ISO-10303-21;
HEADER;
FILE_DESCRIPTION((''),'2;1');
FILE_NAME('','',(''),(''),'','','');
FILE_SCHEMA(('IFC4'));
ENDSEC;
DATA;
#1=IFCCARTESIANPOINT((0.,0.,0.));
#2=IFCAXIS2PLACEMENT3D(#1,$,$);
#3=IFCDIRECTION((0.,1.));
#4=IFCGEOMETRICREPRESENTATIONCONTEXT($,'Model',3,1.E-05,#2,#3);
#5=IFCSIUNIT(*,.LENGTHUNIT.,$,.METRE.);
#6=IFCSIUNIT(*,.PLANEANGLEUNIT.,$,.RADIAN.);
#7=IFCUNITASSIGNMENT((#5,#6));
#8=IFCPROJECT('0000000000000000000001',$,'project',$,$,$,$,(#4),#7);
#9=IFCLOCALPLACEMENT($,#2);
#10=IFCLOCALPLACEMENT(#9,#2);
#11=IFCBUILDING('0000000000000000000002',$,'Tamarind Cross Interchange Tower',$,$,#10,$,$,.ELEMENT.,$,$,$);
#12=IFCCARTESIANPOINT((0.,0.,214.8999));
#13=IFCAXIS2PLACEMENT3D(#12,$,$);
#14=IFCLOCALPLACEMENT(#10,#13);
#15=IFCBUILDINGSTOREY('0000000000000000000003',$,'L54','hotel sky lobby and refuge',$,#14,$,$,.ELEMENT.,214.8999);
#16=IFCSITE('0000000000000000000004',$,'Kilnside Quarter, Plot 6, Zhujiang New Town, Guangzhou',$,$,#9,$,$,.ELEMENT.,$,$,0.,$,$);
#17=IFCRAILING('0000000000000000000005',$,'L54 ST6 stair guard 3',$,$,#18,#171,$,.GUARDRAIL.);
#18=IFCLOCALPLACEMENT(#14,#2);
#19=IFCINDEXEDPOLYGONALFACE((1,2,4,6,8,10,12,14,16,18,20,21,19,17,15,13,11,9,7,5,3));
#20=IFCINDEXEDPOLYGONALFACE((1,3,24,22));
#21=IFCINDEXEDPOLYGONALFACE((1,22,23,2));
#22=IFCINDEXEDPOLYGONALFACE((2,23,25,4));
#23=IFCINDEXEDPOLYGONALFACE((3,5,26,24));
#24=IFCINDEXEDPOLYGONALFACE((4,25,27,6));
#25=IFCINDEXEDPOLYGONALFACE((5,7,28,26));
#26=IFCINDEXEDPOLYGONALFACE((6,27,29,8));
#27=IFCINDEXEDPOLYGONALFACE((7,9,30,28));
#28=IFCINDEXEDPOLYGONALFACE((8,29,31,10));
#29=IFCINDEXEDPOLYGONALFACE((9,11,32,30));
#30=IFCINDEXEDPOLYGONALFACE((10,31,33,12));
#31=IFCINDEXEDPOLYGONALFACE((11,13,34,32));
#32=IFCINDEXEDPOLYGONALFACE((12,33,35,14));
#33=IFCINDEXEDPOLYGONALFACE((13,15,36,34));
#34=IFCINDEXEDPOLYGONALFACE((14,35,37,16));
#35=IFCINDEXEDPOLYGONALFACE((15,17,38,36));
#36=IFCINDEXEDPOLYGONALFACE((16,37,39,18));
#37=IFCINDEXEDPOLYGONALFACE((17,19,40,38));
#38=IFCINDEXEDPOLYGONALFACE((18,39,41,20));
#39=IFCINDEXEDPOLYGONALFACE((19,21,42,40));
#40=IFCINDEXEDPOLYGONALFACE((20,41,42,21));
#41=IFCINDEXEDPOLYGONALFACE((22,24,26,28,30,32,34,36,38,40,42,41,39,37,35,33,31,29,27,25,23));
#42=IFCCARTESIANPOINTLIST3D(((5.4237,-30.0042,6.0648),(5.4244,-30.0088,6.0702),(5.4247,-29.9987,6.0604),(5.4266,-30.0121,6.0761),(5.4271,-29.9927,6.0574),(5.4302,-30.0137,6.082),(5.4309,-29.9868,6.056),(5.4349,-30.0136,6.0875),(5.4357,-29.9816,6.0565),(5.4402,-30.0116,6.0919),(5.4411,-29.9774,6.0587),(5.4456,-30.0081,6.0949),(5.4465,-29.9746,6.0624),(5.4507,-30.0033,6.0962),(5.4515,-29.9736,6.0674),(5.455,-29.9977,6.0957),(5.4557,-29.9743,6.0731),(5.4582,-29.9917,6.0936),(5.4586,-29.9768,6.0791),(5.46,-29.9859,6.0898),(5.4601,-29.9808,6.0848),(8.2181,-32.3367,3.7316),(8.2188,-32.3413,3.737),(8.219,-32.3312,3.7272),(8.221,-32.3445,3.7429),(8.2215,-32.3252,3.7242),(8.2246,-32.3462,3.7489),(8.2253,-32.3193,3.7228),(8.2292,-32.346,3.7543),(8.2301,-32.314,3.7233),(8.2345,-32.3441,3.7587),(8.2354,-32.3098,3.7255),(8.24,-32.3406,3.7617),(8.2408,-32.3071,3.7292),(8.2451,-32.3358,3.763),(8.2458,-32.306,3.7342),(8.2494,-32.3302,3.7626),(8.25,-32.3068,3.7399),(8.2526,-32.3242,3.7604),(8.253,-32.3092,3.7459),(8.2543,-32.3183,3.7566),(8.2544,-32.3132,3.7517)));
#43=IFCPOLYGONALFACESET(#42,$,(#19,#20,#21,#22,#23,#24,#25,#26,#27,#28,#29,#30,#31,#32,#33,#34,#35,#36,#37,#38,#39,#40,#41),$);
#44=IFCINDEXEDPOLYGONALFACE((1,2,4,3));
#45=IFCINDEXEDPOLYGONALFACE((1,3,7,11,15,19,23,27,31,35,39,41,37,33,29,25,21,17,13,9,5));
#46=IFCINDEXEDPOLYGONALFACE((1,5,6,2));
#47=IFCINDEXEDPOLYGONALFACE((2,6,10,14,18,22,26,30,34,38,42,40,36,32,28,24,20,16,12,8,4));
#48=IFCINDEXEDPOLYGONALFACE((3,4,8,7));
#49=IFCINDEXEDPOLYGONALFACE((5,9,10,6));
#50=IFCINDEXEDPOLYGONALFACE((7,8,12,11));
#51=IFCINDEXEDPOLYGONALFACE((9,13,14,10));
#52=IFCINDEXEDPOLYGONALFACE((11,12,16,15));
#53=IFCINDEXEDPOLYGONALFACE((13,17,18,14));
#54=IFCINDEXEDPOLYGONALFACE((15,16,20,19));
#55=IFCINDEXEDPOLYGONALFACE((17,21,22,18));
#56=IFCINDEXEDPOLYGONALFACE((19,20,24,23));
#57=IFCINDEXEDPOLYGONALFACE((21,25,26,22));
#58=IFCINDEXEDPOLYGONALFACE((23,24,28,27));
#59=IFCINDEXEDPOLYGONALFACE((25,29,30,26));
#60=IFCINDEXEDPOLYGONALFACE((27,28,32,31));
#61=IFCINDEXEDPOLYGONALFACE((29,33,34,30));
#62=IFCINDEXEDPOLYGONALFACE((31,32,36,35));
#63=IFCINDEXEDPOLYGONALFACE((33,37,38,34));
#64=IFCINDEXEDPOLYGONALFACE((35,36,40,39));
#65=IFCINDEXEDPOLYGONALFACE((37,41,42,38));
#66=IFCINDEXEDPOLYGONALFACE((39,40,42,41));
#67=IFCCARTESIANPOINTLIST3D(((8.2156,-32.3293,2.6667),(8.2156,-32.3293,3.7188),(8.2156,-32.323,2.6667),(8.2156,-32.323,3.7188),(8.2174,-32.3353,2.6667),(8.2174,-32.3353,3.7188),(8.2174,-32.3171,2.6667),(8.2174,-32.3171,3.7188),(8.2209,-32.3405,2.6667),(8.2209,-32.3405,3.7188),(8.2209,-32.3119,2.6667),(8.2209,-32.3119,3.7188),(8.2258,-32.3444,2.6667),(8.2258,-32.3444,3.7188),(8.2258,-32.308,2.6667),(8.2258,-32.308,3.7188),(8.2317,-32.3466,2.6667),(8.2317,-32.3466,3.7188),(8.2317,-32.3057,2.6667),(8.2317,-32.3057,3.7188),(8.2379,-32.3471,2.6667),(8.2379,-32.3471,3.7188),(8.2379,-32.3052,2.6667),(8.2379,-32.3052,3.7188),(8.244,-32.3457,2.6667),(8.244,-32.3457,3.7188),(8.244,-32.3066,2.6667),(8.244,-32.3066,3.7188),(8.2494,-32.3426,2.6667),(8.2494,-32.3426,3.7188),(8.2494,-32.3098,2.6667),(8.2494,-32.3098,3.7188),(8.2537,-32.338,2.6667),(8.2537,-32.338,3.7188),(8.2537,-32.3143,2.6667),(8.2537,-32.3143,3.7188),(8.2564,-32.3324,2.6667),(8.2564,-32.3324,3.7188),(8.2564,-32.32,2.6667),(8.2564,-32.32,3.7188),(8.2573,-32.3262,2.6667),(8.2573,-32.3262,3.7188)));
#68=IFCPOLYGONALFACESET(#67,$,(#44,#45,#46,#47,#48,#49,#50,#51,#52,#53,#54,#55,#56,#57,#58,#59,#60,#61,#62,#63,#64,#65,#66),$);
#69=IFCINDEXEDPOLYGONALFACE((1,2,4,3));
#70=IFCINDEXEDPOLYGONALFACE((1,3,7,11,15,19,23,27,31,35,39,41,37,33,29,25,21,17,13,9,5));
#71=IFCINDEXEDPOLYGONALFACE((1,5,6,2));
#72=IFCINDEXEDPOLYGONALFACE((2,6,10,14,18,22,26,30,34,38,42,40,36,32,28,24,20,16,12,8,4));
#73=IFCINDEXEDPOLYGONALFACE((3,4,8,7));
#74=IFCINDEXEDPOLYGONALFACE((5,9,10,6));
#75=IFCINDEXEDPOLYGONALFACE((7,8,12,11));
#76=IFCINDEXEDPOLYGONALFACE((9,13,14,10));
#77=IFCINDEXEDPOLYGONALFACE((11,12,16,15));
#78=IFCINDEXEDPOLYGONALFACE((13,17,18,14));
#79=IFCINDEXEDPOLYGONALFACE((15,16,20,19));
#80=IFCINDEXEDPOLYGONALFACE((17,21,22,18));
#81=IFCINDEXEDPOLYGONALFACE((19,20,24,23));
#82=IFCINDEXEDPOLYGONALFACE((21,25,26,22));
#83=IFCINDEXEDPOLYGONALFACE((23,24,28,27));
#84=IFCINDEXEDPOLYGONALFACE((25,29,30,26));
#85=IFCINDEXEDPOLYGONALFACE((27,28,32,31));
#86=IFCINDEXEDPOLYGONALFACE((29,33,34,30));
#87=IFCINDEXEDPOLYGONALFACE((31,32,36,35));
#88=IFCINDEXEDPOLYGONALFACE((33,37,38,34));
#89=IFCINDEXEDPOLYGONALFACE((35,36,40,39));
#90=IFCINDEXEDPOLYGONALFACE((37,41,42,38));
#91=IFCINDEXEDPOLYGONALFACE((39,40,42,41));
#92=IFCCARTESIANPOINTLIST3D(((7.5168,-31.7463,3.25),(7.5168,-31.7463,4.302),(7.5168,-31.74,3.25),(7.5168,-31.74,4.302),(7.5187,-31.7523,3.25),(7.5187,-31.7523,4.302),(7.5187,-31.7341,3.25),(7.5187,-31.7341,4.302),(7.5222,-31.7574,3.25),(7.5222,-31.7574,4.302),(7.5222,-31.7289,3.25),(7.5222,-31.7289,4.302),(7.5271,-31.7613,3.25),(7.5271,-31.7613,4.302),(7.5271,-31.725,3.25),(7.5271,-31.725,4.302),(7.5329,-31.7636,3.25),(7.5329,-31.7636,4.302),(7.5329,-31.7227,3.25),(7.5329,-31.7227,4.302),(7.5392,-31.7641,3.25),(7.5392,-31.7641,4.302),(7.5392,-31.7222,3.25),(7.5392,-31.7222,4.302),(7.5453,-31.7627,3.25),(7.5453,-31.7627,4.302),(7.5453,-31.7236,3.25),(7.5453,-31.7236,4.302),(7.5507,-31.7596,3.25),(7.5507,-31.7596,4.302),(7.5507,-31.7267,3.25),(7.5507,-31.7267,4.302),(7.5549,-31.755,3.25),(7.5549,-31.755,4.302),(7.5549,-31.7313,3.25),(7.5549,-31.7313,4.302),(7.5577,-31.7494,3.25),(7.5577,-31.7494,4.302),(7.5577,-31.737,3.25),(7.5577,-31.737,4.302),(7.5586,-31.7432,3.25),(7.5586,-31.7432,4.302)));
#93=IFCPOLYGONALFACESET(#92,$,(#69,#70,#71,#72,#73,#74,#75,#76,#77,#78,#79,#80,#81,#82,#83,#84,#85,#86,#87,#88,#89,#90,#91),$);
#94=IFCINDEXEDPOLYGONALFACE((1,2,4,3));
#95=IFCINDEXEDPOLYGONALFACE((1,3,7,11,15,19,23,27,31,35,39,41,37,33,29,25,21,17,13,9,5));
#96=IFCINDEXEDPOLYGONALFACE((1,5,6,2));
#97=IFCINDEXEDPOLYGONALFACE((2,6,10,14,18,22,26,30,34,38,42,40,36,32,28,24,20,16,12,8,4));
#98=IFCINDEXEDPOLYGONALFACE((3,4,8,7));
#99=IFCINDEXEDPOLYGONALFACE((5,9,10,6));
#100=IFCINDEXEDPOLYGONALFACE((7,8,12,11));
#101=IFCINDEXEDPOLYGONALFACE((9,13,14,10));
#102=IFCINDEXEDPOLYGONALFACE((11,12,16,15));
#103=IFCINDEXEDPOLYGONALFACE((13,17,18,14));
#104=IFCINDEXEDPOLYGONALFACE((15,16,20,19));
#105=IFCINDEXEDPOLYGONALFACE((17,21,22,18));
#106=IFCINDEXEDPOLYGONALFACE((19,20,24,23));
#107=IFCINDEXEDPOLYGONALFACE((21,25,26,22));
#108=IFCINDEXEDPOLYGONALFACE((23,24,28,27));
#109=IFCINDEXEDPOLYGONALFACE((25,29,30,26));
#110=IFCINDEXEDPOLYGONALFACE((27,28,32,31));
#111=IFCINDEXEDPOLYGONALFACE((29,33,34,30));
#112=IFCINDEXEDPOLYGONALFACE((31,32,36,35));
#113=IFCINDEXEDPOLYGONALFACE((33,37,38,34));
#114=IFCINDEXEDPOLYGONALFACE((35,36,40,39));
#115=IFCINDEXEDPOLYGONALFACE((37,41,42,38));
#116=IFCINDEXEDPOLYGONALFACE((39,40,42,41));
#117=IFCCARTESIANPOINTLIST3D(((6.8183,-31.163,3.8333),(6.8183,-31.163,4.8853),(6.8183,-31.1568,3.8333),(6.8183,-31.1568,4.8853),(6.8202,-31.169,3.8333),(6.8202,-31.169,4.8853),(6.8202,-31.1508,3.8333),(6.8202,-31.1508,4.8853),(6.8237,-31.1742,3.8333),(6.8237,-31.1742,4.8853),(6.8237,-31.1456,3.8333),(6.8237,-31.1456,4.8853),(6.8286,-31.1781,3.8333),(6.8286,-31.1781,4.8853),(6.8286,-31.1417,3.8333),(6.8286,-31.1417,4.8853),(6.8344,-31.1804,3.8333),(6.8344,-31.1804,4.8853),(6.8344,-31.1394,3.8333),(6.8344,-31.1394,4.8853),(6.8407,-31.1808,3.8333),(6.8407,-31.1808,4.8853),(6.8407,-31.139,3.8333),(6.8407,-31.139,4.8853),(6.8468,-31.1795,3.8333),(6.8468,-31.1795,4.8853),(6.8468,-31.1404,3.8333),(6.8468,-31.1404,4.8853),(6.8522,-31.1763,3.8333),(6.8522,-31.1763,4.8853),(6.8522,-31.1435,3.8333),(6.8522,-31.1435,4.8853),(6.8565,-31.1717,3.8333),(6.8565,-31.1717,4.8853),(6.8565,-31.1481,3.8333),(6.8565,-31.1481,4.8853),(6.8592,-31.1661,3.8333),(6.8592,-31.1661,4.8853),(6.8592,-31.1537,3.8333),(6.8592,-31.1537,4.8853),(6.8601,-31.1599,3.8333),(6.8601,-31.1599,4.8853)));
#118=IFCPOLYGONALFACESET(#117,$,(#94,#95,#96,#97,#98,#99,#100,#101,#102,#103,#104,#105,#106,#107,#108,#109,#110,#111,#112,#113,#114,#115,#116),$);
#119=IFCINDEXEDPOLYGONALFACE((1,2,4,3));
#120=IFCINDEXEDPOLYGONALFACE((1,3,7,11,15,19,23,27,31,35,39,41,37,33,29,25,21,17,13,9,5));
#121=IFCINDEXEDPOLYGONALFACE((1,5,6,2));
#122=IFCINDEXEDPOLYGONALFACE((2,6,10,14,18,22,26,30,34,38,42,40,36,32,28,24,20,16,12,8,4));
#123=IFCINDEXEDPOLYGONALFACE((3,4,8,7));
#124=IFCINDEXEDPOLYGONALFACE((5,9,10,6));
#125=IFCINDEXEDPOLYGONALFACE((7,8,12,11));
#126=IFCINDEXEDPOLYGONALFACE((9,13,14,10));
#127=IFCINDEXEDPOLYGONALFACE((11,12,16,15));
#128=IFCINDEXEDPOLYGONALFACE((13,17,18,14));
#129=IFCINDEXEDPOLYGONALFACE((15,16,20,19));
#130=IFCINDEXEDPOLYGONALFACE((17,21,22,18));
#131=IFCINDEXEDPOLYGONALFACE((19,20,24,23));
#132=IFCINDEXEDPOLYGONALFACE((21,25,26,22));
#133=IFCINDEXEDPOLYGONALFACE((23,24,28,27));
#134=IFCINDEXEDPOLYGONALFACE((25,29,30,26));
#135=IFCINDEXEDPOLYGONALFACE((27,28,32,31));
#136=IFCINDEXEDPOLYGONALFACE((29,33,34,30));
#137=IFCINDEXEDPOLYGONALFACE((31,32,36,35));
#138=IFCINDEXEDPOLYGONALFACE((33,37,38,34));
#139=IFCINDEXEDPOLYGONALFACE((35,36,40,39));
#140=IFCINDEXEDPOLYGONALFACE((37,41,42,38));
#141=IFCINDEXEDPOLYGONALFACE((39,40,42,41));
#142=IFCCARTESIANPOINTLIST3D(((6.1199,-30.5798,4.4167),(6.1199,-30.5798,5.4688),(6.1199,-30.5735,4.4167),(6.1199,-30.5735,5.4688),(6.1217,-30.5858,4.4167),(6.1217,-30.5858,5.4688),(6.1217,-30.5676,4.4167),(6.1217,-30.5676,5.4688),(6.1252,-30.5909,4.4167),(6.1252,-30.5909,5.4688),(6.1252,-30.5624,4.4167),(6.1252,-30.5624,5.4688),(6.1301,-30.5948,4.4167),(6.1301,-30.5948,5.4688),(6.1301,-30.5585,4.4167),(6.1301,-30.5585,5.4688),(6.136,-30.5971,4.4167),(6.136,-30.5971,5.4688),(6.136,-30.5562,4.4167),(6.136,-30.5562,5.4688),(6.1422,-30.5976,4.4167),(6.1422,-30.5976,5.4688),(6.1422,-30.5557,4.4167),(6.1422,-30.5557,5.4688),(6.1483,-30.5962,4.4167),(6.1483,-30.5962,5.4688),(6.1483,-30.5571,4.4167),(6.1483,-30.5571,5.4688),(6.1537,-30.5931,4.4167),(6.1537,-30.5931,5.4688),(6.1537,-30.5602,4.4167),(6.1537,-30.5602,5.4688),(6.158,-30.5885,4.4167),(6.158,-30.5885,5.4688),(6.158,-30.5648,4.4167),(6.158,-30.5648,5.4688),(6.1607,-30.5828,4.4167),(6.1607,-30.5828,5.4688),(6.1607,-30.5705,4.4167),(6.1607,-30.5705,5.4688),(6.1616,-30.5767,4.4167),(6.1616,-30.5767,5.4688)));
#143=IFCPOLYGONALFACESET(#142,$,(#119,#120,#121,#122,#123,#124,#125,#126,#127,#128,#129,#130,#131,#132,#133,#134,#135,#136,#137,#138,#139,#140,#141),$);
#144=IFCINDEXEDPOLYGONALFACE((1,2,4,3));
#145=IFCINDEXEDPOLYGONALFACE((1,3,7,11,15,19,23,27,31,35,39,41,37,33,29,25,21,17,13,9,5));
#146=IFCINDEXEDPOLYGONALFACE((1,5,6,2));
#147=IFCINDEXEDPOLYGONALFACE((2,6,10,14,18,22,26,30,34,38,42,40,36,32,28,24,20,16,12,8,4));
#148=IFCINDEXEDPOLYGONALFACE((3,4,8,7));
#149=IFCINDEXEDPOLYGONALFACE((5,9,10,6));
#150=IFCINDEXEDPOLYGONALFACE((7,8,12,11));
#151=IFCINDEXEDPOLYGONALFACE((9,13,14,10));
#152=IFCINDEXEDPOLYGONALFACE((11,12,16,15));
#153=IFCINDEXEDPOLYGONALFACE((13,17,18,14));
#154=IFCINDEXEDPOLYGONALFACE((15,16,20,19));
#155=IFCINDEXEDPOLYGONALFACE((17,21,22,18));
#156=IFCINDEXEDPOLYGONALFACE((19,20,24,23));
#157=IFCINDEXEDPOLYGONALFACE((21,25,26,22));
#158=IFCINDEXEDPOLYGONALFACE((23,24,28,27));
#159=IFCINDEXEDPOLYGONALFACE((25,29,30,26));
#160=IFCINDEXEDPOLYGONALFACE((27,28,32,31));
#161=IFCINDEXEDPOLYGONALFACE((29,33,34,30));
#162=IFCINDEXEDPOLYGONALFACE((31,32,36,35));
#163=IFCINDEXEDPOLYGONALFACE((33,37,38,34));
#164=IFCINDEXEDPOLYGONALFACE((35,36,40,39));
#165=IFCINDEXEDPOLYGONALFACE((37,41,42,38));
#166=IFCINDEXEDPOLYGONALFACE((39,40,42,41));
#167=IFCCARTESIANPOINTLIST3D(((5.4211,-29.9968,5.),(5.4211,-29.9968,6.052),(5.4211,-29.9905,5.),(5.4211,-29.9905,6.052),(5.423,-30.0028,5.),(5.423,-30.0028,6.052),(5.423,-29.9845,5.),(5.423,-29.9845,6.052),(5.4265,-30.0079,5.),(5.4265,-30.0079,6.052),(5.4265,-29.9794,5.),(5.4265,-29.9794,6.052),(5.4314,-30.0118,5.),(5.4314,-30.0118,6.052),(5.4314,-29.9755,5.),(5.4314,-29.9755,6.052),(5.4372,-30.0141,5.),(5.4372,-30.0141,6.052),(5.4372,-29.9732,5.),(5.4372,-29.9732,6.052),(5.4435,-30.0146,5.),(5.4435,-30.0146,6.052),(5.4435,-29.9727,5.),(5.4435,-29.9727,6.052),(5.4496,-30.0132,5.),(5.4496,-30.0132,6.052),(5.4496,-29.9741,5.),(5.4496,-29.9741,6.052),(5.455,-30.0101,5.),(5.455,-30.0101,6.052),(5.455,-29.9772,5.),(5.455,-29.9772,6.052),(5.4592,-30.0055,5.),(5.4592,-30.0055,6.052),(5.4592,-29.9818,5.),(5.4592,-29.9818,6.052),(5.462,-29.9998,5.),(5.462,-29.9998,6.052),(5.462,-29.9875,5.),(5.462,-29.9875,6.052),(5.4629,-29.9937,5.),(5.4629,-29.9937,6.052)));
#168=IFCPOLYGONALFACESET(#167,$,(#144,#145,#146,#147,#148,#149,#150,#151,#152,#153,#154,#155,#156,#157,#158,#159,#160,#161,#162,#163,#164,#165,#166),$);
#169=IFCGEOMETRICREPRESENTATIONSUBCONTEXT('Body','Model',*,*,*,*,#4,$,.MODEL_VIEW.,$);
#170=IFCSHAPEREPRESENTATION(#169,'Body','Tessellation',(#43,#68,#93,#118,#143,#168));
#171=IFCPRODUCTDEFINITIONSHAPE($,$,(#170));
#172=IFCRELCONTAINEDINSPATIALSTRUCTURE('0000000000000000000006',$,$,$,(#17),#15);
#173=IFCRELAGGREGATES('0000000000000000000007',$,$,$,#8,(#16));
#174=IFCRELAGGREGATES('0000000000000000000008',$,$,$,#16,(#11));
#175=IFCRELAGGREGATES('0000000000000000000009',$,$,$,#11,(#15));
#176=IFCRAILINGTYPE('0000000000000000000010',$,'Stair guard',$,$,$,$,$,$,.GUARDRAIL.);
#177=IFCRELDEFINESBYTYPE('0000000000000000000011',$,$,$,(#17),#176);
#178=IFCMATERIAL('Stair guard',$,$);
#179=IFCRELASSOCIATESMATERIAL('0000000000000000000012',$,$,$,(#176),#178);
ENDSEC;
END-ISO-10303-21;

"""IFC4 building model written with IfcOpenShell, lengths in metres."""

from ifc_helpers import new_model, si_unit, direction, frame, origin, origin_2d, place, context, subcontext, project, spatial, circle, extrude, material, type_object, element, save


model = new_model("IFC4")

# Units and contexts
model_context = context("Model", 3, precision=1e-05, world=origin(), true_north=direction((0.0, 1.0)))
body_context = subcontext(model_context, "Body", "Model", "MODEL_VIEW")
ifc_project = project(units=[si_unit("LENGTHUNIT", "METRE"), si_unit("PLANEANGLEUNIT", "RADIAN")], contexts=[model_context])

# Site, building, storey
site_placement = place(None, origin())
site = spatial("IfcSite", under=ifc_project, at=site_placement, Name="Kilnside Quarter, Plot 6, Zhujiang New Town, Guangzhou", CompositionType="ELEMENT", RefElevation=0.0)
building_placement = place(site_placement, origin())
building = spatial("IfcBuilding", under=site, at=building_placement, Name="Tamarind Cross Interchange Tower", CompositionType="ELEMENT")
storey_placement = place(building_placement, frame((0.0, 0.0, 214.8999)))
storey = spatial("IfcBuildingStorey", under=building, at=storey_placement, Name="L54", Description="hotel sky lobby and refuge", CompositionType="ELEMENT", Elevation=214.8999)

# Railing
ifc_material_1 = material(Name="Stair guard")
railing_type_1 = type_object("IfcRailingType", Name="Stair guard", PredefinedType="GUARDRAIL", material=ifc_material_1)
railing_1_placement = place(storey_placement, frame((8.2363, -32.3262, 2.6667)))
element("IfcRailing", 1, at=railing_1_placement, inside=storey, type_object=railing_type_1, Name="L54 ST6 stair guard 3", PredefinedType="GUARDRAIL", context=body_context, shape_type="SweptSolid", body=[
    extrude(circle(Radius=0.0239, at=origin_2d()), frame((0.0, 0.0, 1.0762), z_axis=(-0.64632, 0.539485, 0.539654), x_axis=(-0.640804, -0.767704, 0.0)), (0.0, 0.0, 1.0), 4.3235),
    extrude(circle(Radius=0.021, at=origin_2d()), origin(), (0.0, 0.0, 1.0), 1.052),
    extrude(circle(Radius=0.021, at=origin_2d()), frame((-0.6987, 0.583, 0.5833)), (0.0, 0.0, 1.0), 1.052),
    extrude(circle(Radius=0.021, at=origin_2d()), frame((-1.3972, 1.1663, 1.1665)), (0.0, 0.0, 1.0), 1.052),
    extrude(circle(Radius=0.021, at=origin_2d()), frame((-2.0957, 1.7495, 1.75)), (0.0, 0.0, 1.0), 1.052),
    extrude(circle(Radius=0.021, at=origin_2d()), frame((-2.7944, 2.3325, 2.3333)), (0.0, 0.0, 1.0), 1.052),
])

save(model, "model.ifc")
